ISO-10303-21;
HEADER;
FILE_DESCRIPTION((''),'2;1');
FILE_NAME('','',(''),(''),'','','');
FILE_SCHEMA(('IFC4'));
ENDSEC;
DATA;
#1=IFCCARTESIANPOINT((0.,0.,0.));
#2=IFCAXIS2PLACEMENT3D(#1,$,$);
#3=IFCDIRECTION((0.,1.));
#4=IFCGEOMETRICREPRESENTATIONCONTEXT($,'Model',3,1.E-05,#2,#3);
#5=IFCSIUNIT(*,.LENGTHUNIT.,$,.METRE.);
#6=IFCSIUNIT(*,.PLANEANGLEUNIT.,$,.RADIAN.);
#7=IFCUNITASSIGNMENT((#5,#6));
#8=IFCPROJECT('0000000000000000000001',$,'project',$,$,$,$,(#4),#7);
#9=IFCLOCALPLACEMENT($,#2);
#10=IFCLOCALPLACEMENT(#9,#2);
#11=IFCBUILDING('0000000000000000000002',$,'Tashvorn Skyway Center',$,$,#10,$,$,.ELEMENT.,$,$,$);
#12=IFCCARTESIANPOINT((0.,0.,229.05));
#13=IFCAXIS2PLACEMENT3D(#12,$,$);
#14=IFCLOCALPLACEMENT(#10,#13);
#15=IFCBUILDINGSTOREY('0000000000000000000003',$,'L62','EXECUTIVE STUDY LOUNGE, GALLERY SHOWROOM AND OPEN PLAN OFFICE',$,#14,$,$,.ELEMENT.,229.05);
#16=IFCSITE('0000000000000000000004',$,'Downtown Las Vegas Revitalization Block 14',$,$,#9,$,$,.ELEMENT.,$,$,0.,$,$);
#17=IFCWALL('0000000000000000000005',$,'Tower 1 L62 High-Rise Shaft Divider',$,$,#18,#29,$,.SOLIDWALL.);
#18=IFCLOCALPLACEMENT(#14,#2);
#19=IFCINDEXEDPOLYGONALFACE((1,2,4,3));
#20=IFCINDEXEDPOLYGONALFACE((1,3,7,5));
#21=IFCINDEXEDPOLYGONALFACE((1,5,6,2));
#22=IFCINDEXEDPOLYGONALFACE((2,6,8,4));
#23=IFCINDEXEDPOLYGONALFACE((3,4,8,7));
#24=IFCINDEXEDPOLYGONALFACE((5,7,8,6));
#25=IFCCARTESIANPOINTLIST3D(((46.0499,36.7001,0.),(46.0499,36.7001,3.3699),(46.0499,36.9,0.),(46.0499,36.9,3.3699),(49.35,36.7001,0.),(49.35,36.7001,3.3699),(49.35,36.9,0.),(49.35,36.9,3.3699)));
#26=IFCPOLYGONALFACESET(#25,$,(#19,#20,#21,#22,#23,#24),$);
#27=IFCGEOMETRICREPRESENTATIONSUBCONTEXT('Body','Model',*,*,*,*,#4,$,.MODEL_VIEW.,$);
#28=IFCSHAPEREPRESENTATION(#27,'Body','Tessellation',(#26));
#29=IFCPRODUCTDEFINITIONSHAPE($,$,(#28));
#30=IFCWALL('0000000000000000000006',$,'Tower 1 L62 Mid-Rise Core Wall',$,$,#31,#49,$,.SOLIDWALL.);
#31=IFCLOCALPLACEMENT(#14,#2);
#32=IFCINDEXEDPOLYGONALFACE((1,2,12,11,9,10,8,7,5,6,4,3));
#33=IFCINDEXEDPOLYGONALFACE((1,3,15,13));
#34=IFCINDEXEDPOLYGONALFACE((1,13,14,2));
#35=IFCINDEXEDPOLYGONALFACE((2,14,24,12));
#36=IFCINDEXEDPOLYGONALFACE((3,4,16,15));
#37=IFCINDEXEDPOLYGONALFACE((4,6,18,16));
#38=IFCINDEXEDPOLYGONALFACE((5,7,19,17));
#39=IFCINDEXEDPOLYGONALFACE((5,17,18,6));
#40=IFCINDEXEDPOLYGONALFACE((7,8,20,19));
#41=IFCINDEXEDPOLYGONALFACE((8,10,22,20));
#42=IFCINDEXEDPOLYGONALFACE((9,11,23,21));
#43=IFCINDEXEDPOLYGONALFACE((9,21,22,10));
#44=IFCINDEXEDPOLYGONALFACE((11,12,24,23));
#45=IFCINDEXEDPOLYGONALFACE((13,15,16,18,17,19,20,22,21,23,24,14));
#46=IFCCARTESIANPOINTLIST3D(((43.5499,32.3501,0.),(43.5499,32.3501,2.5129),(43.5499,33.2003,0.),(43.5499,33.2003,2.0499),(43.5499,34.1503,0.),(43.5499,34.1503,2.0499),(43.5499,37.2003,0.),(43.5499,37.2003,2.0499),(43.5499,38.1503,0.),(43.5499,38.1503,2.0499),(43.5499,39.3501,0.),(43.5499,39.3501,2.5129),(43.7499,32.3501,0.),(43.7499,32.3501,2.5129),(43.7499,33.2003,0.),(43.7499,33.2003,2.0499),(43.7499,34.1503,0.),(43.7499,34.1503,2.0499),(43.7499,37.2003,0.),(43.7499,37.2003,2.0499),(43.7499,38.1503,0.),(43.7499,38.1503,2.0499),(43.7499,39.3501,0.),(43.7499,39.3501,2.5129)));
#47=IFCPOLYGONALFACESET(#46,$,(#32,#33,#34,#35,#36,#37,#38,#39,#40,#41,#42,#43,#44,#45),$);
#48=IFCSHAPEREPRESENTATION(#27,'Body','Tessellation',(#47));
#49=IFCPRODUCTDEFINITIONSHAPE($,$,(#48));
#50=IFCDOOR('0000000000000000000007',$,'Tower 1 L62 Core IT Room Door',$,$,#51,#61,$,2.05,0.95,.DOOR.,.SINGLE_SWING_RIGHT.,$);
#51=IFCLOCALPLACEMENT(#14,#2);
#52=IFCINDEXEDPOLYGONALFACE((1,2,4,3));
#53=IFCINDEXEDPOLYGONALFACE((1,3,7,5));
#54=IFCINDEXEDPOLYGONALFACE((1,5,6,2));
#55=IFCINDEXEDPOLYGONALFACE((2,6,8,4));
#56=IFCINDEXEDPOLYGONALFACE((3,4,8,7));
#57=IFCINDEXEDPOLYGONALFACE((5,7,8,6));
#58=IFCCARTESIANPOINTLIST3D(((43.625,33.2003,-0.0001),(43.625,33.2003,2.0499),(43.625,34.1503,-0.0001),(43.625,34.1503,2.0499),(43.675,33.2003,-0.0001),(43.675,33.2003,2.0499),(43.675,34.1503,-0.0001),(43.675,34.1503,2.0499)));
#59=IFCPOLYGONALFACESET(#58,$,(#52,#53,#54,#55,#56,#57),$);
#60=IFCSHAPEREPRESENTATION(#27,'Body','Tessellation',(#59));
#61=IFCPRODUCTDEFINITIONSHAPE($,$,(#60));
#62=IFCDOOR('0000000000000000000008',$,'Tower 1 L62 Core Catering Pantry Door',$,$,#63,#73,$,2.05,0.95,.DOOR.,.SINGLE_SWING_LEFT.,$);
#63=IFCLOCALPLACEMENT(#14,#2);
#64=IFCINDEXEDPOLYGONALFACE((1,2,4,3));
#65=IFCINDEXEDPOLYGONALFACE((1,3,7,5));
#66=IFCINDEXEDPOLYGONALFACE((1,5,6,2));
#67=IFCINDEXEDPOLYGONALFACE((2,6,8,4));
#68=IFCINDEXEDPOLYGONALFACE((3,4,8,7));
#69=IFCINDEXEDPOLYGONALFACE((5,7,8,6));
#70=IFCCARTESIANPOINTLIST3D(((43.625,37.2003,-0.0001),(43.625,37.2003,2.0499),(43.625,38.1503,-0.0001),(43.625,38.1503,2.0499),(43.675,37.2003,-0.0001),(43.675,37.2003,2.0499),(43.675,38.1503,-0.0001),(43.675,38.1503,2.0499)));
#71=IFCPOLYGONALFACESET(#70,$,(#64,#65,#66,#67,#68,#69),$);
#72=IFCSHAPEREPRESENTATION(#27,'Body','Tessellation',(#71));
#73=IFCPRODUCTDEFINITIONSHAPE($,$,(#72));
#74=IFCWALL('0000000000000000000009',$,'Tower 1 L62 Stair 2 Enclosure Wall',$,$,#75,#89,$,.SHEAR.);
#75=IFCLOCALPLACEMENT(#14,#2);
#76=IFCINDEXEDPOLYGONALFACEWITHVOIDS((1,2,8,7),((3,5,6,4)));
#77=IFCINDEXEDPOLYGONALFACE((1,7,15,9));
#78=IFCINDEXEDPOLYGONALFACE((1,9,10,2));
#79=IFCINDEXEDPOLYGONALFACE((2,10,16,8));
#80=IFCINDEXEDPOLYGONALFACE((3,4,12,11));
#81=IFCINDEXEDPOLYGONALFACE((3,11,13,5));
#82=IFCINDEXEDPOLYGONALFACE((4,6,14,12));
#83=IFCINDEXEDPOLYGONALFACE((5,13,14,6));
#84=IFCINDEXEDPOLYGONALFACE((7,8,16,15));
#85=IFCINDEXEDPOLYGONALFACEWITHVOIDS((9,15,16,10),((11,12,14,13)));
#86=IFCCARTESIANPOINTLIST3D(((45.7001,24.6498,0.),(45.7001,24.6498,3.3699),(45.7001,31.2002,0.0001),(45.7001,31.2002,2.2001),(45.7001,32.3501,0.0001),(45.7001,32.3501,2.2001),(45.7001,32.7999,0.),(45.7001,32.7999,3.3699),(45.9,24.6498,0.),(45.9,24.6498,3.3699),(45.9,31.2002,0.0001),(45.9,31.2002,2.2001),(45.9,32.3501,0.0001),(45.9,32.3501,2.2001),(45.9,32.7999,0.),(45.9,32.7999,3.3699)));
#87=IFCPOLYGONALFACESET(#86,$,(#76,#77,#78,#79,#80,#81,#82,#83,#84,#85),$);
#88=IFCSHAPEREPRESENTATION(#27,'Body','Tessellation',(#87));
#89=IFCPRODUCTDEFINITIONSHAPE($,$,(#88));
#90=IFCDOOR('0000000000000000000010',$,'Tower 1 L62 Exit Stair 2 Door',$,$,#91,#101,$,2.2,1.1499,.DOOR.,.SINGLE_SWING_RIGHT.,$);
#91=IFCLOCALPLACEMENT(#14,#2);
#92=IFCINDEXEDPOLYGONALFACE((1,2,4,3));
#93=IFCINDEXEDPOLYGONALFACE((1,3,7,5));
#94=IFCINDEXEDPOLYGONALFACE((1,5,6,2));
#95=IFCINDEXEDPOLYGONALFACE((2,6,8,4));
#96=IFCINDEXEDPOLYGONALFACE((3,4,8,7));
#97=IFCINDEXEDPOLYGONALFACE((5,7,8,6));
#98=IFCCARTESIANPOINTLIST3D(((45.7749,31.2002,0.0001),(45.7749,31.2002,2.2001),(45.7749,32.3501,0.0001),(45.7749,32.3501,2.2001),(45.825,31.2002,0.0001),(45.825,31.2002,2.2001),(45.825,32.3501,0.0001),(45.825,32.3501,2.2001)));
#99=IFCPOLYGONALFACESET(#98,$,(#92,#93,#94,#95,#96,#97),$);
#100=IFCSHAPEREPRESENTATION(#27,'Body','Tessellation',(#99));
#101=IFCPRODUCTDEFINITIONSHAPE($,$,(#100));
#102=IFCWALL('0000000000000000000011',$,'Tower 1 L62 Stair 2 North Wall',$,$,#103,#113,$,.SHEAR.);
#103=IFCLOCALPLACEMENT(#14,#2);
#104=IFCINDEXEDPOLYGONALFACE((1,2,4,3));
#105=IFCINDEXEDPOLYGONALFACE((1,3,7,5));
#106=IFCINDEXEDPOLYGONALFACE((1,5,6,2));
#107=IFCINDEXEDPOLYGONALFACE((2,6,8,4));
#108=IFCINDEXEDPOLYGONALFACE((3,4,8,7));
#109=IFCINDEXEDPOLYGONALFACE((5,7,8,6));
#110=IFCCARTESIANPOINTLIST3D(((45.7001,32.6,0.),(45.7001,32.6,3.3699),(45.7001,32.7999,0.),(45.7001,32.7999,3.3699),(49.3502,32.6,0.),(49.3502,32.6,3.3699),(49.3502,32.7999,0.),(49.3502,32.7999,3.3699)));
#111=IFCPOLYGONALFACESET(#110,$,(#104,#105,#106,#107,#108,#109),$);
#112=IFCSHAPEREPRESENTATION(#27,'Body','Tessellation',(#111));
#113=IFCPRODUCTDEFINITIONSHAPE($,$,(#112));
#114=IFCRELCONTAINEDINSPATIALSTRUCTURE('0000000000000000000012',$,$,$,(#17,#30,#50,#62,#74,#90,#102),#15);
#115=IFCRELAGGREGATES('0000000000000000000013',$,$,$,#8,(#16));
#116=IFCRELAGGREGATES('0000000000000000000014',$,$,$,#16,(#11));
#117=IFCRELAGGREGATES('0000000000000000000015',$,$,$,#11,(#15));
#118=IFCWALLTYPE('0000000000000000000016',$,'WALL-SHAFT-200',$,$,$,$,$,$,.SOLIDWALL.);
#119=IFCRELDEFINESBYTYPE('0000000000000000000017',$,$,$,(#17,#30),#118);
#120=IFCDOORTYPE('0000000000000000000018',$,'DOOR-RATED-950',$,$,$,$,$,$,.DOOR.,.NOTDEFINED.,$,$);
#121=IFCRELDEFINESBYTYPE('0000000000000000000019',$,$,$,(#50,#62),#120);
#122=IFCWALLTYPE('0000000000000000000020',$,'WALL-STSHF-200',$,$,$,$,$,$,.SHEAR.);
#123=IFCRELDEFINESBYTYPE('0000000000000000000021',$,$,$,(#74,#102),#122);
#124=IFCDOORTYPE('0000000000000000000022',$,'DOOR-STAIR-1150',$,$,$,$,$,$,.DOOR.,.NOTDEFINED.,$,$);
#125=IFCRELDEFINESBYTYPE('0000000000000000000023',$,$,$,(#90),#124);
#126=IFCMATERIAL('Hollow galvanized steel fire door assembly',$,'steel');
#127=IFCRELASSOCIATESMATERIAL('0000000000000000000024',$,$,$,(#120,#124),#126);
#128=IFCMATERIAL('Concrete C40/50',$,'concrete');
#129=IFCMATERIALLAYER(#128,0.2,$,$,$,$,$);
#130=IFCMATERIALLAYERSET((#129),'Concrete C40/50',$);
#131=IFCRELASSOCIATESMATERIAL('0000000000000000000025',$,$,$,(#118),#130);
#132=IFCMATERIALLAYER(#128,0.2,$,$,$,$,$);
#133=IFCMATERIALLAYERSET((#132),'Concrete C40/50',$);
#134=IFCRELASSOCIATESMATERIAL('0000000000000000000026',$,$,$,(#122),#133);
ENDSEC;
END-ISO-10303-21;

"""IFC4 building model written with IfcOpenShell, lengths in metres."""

from ifc_helpers import new_model, si_unit, direction, frame, frame_2d, origin, place, context, subcontext, project, spatial, rectangle, extrude, material, layer, layer_set, type_object, element, fill, save


model = new_model("IFC4")

# Units and contexts
model_context = context("Model", 3, precision=1e-05, world=origin(), true_north=direction((0.0, 1.0)))
body_context = subcontext(model_context, "Body", "Model", "MODEL_VIEW")
ifc_project = project(units=[si_unit("LENGTHUNIT", "METRE"), si_unit("PLANEANGLEUNIT", "RADIAN")], contexts=[model_context])

# Site, building, storey
site_placement = place(None, origin())
site = spatial("IfcSite", under=ifc_project, at=site_placement, Name="Downtown Las Vegas Revitalization Block 14", CompositionType="ELEMENT", RefElevation=0.0)
building_placement = place(site_placement, origin())
building = spatial("IfcBuilding", under=site, at=building_placement, Name="Tashvorn Skyway Center", CompositionType="ELEMENT")
storey_placement = place(building_placement, frame((0.0, 0.0, 229.05)))
storey = spatial("IfcBuildingStorey", under=building, at=storey_placement, Name="L62", Description="EXECUTIVE STUDY LOUNGE, GALLERY SHOWROOM AND OPEN PLAN OFFICE", CompositionType="ELEMENT", Elevation=229.05)

# Shared definitions
ifc_material_1 = material(Name="Concrete C40/50", Category="concrete")
ifc_material_2 = material(Name="Hollow galvanized steel fire door assembly", Category="steel")
door_type_1 = type_object("IfcDoorType", Name="DOOR-RATED-950", OperationType="NOTDEFINED", PredefinedType="DOOR", material=ifc_material_2)

# Wall
ifc_layer_1 = layer(ifc_material_1, 0.2)
ifc_layer_set_1 = layer_set([ifc_layer_1], Name="Concrete C40/50")
wall_type_1 = type_object("IfcWallType", Name="WALL-SHAFT-200", PredefinedType="SOLIDWALL", material=ifc_layer_set_1)
for number, where, z_axis, x_axis, name in (
    (1, (46.05, 36.8, 0.0), (0.0, 0.0, 1.0), (1.0, 0.0, 0.0), "Tower 1 L62 High-Rise Shaft Divider"),
):
    element("IfcWall", number, at=place(storey_placement, frame(where, z_axis=z_axis, x_axis=x_axis)), inside=storey, type_object=wall_type_1, Name=name, PredefinedType="SOLIDWALL", context=body_context, shape_type="SweptSolid", body=[
        extrude(rectangle(XDim=3.3, YDim=0.2, at=frame_2d((1.6499, 0.0))), origin(), (0.0, 0.0, 1.0), 3.3699),
    ])

# Wall, openings, doors
wall_1_placement = place(storey_placement, frame((43.6499, 32.3501, 0.0), z_axis=(0.0, 0.0, 1.0), x_axis=(0.0, 1.0, 0.0)))
wall_1 = element("IfcWall", 2, at=wall_1_placement, inside=storey, type_object=wall_type_1, Name="Tower 1 L62 Mid-Rise Core Wall", PredefinedType="SOLIDWALL", context=body_context, shape_type="SweptSolid", body=[
    extrude(rectangle(XDim=7.0, YDim=0.2, at=frame_2d((3.5, 0.0))), origin(), (0.0, 0.0, 1.0), 2.5129),
])
opening_1_placement = place(wall_1_placement, frame((0.8501, 0.0, 0.0)))
opening_1 = element("IfcOpeningElement", 3, at=opening_1_placement, cuts=wall_1, PredefinedType="OPENING", context=body_context, shape_type="SweptSolid", body=[
    extrude(rectangle(XDim=0.95, YDim=2.05, at=frame_2d((0.4751, 1.0249))), frame((0.0, 0.1099, 0.0), z_axis=(0.0, -1.0, 0.0), x_axis=(1.0, 0.0, 0.0)), (0.0, 0.0, 1.0), 0.22),
])
opening_2_placement = place(wall_1_placement, frame((4.8501, 0.0, 0.0)))
opening_2 = element("IfcOpeningElement", 4, at=opening_2_placement, cuts=wall_1, PredefinedType="OPENING", context=body_context, shape_type="SweptSolid", body=[
    extrude(rectangle(XDim=0.95, YDim=2.05, at=frame_2d((0.4751, 1.0249))), frame((0.0, 0.1099, 0.0), z_axis=(0.0, -1.0, 0.0), x_axis=(1.0, 0.0, 0.0)), (0.0, 0.0, 1.0), 0.22),
])
door_1_placement = place(opening_1_placement, origin())
door_1 = element("IfcDoor", 5, at=door_1_placement, inside=storey, type_object=door_type_1, Name="Tower 1 L62 Core IT Room Door", OperationType="SINGLE_SWING_RIGHT", OverallHeight=2.05, OverallWidth=0.95, PredefinedType="DOOR", context=body_context, shape_type="SweptSolid", body=[
    extrude(rectangle(XDim=0.95, YDim=2.05, at=frame_2d((0.4751, 1.0249))), frame((0.0, 0.0249, 0.0), z_axis=(0.0, -1.0, 0.0), x_axis=(1.0, 0.0, 0.0)), (0.0, 0.0, 1.0), 0.05),
])
fill(opening_1, door_1)
door_2_placement = place(opening_2_placement, origin())
door_2 = element("IfcDoor", 6, at=door_2_placement, inside=storey, type_object=door_type_1, Name="Tower 1 L62 Core Catering Pantry Door", OperationType="SINGLE_SWING_LEFT", OverallHeight=2.05, OverallWidth=0.95, PredefinedType="DOOR", context=body_context, shape_type="SweptSolid", body=[
    extrude(rectangle(XDim=0.95, YDim=2.05, at=frame_2d((0.4751, 1.0249))), frame((0.0, 0.0249, 0.0), z_axis=(0.0, -1.0, 0.0), x_axis=(1.0, 0.0, 0.0)), (0.0, 0.0, 1.0), 0.05),
])
fill(opening_2, door_2)

# Wall, opening, door
ifc_layer_2 = layer(ifc_material_1, 0.2)
ifc_layer_set_2 = layer_set([ifc_layer_2], Name="Concrete C40/50")
wall_type_2 = type_object("IfcWallType", Name="WALL-STSHF-200", PredefinedType="SHEAR", material=ifc_layer_set_2)
wall_2_placement = place(storey_placement, frame((45.8, 32.8, 0.0), z_axis=(0.0, 0.0, 1.0), x_axis=(0.0, -1.0, 0.0)))
wall_2 = element("IfcWall", 7, at=wall_2_placement, inside=storey, type_object=wall_type_2, Name="Tower 1 L62 Stair 2 Enclosure Wall", PredefinedType="SHEAR", context=body_context, shape_type="SweptSolid", body=[
    extrude(rectangle(XDim=8.1501, YDim=0.2, at=frame_2d((4.0752, 0.0))), origin(), (0.0, 0.0, 1.0), 3.3699),
])
opening_3_placement = place(wall_2_placement, frame((0.45, 0.0, 0.0)))
opening_3 = element("IfcOpeningElement", 8, at=opening_3_placement, cuts=wall_2, PredefinedType="OPENING", context=body_context, shape_type="SweptSolid", body=[
    extrude(rectangle(XDim=1.1499, YDim=2.2, at=frame_2d((0.575, 1.1001))), frame((0.0, 0.1099, 0.0), z_axis=(0.0, -1.0, 0.0), x_axis=(1.0, 0.0, 0.0)), (0.0, 0.0, 1.0), 0.22),
])
door_type_2 = type_object("IfcDoorType", Name="DOOR-STAIR-1150", OperationType="NOTDEFINED", PredefinedType="DOOR", material=ifc_material_2)
door_3_placement = place(opening_3_placement, origin())
door_3 = element("IfcDoor", 9, at=door_3_placement, inside=storey, type_object=door_type_2, Name="Tower 1 L62 Exit Stair 2 Door", OperationType="SINGLE_SWING_RIGHT", OverallHeight=2.2, OverallWidth=1.1499, PredefinedType="DOOR", context=body_context, shape_type="SweptSolid", body=[
    extrude(rectangle(XDim=1.1499, YDim=2.2, at=frame_2d((0.575, 1.1001))), frame((0.0, 0.0249, 0.0), z_axis=(0.0, -1.0, 0.0), x_axis=(1.0, 0.0, 0.0)), (0.0, 0.0, 1.0), 0.05),
])
fill(opening_3, door_3)

# Wall
wall_3_placement = place(storey_placement, frame((45.7, 32.7, 0.0), z_axis=(0.0, 0.0, 1.0), x_axis=(1.0, 0.0, 0.0)))
element("IfcWall", 10, at=wall_3_placement, inside=storey, type_object=wall_type_2, Name="Tower 1 L62 Stair 2 North Wall", PredefinedType="SHEAR", context=body_context, shape_type="SweptSolid", body=[
    extrude(rectangle(XDim=3.6501, YDim=0.2, at=frame_2d((1.8252, 0.0))), origin(), (0.0, 0.0, 1.0), 3.3699),
])

save(model, "model.ifc")
